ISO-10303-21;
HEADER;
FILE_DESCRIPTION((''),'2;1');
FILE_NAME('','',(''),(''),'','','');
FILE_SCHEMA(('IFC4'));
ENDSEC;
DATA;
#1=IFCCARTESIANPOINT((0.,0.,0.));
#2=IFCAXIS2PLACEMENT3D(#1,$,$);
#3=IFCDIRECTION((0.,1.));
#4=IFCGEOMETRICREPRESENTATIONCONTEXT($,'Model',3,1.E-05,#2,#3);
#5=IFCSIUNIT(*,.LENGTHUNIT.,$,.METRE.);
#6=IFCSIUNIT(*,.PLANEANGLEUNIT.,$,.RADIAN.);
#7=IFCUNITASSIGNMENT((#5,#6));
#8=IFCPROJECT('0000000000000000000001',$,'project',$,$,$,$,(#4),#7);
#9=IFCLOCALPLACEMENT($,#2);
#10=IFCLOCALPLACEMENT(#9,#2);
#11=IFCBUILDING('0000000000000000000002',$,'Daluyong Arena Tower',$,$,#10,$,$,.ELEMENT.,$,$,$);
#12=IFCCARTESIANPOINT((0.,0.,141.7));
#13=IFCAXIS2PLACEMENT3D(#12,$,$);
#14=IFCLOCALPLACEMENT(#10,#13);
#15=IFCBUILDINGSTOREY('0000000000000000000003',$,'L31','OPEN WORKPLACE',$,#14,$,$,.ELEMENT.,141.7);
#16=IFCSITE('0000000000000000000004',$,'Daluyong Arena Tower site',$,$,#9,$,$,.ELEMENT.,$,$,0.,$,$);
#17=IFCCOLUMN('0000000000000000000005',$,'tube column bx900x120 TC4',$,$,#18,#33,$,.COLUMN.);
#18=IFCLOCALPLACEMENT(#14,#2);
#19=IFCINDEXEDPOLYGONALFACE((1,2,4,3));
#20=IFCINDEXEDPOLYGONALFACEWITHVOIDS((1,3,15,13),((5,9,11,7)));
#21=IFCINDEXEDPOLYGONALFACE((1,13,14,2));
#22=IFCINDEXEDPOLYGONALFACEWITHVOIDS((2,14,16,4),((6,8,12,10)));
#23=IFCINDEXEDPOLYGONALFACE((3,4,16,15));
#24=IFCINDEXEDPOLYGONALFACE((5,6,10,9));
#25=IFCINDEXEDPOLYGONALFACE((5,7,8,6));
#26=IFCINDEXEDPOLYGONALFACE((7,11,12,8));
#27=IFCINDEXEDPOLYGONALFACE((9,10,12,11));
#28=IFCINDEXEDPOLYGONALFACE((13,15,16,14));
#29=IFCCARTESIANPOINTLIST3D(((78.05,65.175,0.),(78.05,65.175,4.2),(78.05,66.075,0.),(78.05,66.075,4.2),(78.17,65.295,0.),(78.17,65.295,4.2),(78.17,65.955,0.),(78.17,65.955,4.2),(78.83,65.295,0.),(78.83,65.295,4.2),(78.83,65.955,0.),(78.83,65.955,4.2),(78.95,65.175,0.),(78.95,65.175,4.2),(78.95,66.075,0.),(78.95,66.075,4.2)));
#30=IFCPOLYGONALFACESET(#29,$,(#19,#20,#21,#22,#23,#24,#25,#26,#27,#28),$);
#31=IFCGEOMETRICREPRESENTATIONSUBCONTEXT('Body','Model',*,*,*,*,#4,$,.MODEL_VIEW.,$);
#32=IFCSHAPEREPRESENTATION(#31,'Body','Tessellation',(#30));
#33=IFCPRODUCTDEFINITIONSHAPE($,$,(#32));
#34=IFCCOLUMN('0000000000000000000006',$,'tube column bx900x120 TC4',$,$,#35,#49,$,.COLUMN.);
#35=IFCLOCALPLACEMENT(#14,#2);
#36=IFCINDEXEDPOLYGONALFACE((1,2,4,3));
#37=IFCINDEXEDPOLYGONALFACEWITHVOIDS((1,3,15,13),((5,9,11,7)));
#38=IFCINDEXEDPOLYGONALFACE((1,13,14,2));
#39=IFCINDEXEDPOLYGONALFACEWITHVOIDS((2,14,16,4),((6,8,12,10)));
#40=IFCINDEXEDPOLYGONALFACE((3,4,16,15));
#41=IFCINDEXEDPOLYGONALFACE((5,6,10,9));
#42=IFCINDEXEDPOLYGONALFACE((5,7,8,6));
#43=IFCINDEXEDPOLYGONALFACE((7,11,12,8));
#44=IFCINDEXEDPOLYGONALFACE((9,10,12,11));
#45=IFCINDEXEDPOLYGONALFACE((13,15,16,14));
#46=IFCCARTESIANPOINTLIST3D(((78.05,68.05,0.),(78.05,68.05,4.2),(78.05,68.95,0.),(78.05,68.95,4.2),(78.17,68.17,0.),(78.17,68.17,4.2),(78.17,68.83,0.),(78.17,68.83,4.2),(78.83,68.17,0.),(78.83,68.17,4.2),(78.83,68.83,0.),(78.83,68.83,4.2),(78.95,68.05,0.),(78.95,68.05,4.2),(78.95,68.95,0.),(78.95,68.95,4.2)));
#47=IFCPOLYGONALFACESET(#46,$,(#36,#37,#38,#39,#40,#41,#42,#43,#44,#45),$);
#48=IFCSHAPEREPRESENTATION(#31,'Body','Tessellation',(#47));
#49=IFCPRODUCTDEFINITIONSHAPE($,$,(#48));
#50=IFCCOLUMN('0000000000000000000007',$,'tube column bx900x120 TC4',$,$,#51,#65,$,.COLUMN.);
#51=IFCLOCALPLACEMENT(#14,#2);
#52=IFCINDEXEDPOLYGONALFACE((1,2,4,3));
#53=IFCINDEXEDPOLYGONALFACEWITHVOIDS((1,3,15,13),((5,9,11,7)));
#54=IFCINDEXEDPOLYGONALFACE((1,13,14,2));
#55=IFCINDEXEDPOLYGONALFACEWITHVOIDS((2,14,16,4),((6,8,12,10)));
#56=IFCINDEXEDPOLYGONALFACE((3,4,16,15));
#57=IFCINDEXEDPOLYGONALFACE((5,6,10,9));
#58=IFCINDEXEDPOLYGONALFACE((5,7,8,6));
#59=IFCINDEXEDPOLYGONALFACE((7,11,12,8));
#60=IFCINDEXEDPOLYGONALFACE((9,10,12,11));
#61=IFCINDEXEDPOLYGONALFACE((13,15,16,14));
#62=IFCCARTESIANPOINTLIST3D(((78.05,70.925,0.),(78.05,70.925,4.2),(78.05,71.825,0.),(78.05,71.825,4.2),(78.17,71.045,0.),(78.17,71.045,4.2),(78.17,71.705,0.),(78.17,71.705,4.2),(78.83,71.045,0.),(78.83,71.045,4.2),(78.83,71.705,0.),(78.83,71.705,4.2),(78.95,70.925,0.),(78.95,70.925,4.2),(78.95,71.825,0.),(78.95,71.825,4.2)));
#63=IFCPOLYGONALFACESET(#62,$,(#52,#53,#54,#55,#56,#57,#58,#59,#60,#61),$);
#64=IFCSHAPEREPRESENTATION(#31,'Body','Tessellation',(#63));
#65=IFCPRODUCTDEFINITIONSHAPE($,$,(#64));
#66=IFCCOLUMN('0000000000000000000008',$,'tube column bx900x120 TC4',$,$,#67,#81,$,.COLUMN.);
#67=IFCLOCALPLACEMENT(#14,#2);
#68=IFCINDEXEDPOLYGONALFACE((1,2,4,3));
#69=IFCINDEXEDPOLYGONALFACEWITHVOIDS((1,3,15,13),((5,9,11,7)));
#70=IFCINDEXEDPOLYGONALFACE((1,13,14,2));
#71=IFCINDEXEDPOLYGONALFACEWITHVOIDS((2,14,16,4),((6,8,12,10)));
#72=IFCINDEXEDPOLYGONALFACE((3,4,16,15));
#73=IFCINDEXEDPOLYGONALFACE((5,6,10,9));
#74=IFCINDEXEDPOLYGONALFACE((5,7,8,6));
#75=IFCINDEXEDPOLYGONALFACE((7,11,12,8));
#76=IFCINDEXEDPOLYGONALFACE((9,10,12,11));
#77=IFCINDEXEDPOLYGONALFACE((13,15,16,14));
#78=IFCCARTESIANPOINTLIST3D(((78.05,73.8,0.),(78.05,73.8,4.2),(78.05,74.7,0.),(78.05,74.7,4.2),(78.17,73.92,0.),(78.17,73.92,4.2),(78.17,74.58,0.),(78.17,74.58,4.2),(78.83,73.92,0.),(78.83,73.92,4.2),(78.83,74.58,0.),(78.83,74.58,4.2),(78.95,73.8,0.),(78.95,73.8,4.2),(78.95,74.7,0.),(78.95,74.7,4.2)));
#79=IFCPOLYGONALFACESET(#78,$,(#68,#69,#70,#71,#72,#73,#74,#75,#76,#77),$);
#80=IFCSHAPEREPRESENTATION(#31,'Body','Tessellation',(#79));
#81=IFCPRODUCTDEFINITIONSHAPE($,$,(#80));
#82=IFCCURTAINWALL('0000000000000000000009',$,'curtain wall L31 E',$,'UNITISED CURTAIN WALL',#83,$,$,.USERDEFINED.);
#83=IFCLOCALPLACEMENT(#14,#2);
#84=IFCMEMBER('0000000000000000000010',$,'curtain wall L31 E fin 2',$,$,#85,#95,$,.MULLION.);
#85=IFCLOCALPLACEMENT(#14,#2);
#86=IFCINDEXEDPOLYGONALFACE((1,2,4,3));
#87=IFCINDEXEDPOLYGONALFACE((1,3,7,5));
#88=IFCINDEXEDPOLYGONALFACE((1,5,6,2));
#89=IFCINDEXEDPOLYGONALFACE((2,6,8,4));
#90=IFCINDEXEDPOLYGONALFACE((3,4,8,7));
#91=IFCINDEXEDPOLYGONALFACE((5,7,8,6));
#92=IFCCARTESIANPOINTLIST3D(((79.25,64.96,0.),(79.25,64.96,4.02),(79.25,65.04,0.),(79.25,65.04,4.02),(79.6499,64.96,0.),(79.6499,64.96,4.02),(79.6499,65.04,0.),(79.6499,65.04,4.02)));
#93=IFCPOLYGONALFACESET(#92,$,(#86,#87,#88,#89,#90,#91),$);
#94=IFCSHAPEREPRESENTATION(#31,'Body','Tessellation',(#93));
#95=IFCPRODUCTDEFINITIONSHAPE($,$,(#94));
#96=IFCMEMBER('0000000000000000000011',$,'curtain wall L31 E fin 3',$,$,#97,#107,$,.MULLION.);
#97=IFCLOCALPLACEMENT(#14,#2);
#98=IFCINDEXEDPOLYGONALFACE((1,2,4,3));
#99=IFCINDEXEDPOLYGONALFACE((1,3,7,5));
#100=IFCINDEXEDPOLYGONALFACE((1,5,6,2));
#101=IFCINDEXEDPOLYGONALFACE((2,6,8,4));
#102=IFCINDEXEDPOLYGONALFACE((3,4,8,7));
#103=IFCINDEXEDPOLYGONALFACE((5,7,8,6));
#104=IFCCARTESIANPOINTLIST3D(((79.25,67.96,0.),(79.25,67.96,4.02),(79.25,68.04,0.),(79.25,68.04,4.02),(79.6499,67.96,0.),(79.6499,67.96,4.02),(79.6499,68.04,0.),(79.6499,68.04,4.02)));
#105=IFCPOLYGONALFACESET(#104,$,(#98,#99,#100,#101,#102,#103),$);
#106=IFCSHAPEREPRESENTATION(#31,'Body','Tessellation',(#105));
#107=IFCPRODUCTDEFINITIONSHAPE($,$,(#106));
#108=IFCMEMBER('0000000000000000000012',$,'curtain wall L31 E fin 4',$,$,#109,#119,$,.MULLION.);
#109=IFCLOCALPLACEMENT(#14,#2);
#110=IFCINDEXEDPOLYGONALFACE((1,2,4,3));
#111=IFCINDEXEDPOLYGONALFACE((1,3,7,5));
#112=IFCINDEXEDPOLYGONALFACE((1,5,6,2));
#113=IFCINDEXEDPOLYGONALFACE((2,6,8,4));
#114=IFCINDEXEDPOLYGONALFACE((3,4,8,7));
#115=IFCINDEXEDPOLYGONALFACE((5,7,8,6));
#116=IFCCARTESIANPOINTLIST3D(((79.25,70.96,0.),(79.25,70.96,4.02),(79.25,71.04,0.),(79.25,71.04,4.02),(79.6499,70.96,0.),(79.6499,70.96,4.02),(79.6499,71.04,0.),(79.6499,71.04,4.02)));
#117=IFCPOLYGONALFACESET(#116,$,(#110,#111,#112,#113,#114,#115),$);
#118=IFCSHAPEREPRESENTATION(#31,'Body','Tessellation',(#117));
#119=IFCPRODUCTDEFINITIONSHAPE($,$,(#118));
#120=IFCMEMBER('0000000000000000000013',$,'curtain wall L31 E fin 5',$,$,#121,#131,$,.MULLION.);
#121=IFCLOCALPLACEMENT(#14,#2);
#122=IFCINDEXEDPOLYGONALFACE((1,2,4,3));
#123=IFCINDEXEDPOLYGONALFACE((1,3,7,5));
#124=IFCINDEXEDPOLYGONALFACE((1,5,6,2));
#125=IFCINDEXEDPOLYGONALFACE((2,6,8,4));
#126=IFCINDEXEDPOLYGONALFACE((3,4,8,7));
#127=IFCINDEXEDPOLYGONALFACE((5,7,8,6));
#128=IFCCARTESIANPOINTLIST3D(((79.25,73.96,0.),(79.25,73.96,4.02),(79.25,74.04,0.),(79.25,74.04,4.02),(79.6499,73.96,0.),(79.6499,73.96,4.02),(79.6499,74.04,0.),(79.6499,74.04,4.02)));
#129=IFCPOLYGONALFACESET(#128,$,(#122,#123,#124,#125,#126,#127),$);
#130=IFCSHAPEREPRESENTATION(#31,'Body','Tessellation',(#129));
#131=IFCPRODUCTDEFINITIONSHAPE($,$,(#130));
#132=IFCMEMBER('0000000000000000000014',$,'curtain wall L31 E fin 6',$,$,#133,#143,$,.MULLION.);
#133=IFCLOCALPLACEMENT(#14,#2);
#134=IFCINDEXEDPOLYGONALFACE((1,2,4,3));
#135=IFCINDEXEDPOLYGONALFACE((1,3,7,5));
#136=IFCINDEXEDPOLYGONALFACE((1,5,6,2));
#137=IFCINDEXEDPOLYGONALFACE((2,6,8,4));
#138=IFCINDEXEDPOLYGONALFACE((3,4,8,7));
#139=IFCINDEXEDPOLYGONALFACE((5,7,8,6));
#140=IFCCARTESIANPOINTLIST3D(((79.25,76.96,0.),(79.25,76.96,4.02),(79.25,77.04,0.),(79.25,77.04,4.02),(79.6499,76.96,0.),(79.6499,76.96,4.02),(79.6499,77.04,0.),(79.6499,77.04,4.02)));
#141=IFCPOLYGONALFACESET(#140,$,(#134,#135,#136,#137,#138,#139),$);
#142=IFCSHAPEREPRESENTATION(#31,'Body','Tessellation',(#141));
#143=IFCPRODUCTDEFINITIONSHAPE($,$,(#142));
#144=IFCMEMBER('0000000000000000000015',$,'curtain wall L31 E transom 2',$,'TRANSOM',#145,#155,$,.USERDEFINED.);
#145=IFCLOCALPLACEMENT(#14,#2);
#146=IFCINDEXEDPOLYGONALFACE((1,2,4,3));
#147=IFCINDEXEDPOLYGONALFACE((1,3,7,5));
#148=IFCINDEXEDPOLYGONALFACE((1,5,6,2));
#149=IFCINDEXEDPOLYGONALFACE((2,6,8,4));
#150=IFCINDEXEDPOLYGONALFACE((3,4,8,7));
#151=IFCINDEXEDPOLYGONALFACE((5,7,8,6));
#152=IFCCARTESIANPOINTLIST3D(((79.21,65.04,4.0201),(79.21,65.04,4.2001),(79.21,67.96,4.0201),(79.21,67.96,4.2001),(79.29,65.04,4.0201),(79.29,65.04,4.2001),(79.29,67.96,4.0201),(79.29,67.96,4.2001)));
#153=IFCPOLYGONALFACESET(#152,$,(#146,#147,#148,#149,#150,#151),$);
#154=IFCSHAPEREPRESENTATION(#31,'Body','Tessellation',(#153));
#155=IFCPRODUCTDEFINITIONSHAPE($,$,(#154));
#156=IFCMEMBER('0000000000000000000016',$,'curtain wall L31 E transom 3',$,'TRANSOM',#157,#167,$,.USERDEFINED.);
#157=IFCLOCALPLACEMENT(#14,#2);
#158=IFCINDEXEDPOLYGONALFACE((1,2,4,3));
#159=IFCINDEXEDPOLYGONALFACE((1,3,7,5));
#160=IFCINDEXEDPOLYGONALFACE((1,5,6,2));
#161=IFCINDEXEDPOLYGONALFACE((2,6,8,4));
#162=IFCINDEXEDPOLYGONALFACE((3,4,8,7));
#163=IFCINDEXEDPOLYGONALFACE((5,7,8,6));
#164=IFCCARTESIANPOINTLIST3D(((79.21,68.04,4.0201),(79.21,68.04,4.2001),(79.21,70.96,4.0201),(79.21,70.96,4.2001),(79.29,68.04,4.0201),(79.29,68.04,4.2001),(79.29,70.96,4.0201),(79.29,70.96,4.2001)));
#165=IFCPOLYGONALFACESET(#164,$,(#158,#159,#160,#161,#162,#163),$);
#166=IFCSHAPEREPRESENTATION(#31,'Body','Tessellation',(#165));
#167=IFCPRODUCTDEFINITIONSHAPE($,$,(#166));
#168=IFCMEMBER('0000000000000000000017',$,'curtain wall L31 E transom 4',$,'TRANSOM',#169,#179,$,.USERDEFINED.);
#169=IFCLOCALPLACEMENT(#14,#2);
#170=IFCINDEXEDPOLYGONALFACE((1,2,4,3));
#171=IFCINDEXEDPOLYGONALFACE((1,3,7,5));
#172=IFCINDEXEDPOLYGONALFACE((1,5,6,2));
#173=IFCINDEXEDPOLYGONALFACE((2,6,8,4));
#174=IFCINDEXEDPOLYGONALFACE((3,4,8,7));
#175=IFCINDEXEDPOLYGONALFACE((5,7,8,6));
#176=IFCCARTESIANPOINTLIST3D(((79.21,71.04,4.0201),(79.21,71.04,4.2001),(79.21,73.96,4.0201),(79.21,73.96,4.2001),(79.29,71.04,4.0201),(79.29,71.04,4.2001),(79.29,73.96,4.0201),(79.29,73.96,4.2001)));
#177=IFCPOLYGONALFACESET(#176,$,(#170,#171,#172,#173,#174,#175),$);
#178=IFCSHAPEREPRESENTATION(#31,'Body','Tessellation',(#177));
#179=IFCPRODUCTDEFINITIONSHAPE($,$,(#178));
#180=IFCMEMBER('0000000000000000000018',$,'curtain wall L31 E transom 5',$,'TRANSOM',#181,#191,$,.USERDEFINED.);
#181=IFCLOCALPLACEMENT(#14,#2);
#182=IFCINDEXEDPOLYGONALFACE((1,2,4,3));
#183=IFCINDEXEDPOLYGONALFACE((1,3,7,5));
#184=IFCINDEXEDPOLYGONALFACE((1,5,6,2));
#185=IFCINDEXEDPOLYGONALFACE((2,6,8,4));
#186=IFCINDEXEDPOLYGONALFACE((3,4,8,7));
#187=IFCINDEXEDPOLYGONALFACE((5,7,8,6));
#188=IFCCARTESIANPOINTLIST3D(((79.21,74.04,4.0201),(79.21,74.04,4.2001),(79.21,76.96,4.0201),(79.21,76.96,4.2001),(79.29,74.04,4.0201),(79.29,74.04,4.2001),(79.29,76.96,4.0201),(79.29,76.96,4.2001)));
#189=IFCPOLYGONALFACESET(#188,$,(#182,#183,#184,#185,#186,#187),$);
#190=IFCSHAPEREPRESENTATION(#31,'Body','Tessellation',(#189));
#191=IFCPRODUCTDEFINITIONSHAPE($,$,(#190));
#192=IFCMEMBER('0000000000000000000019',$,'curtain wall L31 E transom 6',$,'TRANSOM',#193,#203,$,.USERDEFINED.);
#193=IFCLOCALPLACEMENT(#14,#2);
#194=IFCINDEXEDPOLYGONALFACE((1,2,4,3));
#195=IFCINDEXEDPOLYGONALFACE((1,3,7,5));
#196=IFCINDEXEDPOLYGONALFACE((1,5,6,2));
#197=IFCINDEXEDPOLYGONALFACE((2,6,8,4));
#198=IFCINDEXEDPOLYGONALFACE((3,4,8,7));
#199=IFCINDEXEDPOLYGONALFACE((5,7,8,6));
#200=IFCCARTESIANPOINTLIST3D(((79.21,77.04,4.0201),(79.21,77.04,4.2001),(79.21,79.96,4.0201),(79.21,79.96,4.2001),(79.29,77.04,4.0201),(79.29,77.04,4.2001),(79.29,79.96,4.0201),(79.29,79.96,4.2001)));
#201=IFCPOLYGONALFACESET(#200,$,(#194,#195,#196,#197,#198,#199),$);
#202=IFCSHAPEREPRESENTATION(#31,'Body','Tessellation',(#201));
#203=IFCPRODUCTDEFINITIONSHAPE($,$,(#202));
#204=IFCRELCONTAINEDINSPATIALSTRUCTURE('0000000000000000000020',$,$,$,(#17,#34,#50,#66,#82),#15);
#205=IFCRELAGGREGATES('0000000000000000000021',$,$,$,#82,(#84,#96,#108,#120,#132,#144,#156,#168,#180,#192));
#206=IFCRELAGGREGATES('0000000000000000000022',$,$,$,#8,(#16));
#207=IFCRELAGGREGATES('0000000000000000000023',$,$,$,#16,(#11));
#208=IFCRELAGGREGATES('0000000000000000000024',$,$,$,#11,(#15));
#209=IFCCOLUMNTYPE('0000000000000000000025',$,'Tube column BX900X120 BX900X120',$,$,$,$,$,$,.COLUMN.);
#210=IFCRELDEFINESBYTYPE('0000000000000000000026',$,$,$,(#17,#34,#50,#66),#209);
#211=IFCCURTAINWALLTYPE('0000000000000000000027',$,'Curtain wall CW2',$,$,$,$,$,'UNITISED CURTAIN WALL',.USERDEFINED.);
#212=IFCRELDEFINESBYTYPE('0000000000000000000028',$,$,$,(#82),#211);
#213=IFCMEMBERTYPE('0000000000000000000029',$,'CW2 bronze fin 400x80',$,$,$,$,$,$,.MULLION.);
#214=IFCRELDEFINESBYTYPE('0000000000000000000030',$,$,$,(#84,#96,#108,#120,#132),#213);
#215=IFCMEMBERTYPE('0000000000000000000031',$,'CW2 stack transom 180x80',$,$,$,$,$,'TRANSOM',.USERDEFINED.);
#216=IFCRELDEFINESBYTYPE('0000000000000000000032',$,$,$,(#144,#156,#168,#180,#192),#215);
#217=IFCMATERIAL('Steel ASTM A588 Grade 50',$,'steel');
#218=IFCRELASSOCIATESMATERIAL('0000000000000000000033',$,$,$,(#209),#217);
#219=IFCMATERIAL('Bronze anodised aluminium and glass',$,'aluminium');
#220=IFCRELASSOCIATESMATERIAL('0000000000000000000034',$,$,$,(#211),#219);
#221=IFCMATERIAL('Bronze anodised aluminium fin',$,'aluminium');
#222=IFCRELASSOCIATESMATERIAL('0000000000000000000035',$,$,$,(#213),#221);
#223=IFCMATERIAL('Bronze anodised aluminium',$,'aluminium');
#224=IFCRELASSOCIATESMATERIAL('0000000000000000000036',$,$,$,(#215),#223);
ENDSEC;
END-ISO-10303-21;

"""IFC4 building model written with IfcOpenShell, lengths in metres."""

from ifc_helpers import new_model, si_unit, direction, frame, origin, origin_2d, place, context, subcontext, project, spatial, rectangle, hollow_rectangle, extrude, material, material_profile, profile_set, type_object, element, aggregate, save


model = new_model("IFC4")

# Units and contexts
model_context = context("Model", 3, precision=1e-05, world=origin(), true_north=direction((0.0, 1.0)))
body_context = subcontext(model_context, "Body", "Model", "MODEL_VIEW")
ifc_project = project(units=[si_unit("LENGTHUNIT", "METRE"), si_unit("PLANEANGLEUNIT", "RADIAN")], contexts=[model_context])

# Site, building, storey
site_placement = place(None, origin())
site = spatial("IfcSite", under=ifc_project, at=site_placement, Name="Daluyong Arena Tower site", CompositionType="ELEMENT", RefElevation=0.0)
building_placement = place(site_placement, origin())
building = spatial("IfcBuilding", under=site, at=building_placement, Name="Daluyong Arena Tower", CompositionType="ELEMENT")
storey_placement = place(building_placement, frame((0.0, 0.0, 141.7)))
storey = spatial("IfcBuildingStorey", under=building, at=storey_placement, Name="L31", Description="OPEN WORKPLACE", CompositionType="ELEMENT", Elevation=141.7)

# Columns
ifc_material_1 = material(Name="Steel ASTM A588 Grade 50", Category="steel")
ifc_material_profile_1 = material_profile(ifc_material_1, hollow_rectangle(XDim=0.8999, YDim=0.8999, WallThickness=0.12, at=origin_2d()))
ifc_profile_set_1 = profile_set([ifc_material_profile_1], Name="Steel ASTM A588 Grade 50")
column_type = type_object("IfcColumnType", Name="Tube column BX900X120 BX900X120", PredefinedType="COLUMN", material=ifc_profile_set_1)
for number, where, z_axis, x_axis, name in (
    (1, (78.5, 65.625, 0.0), (0.0, 0.0, 1.0), (0.0, 1.0, 0.0), "tube column bx900x120 TC4"),
    (2, (78.5, 68.5, 0.0), (0.0, 0.0, 1.0), (0.0, 1.0, 0.0), "tube column bx900x120 TC4"),
    (3, (78.5, 71.375, 0.0), (0.0, 0.0, 1.0), (0.0, 1.0, 0.0), "tube column bx900x120 TC4"),
    (4, (78.5, 74.25, 0.0), (0.0, 0.0, 1.0), (0.0, 1.0, 0.0), "tube column bx900x120 TC4"),
):
    element("IfcColumn", number, at=place(storey_placement, frame(where, z_axis=z_axis, x_axis=x_axis)), inside=storey, type_object=column_type, Name=name, PredefinedType="COLUMN", context=body_context, shape_type="SweptSolid", body=[
        extrude(hollow_rectangle(XDim=0.8999, YDim=0.8999, WallThickness=0.12, at=origin_2d()), origin(), (0.0, 0.0, 1.0), 4.2),
    ])

# Curtain wall, members
ifc_material_2 = material(Name="Bronze anodised aluminium and glass", Category="aluminium")
curtain_wall_type = type_object("IfcCurtainWallType", Name="Curtain wall CW2", ElementType="UNITISED CURTAIN WALL", PredefinedType="USERDEFINED", material=ifc_material_2)
curtain_wall_placement = place(storey_placement, origin())
curtain_wall = element("IfcCurtainWall", 5, at=curtain_wall_placement, inside=storey, type_object=curtain_wall_type, Name="curtain wall L31 E", ObjectType="UNITISED CURTAIN WALL", PredefinedType="USERDEFINED")
ifc_material_3 = material(Name="Bronze anodised aluminium fin", Category="aluminium")
ifc_material_profile_2 = material_profile(ifc_material_3, rectangle(XDim=0.3999, YDim=0.0801, at=origin_2d()))
ifc_profile_set_2 = profile_set([ifc_material_profile_2], Name="Bronze anodised aluminium fin")
member_type_1 = type_object("IfcMemberType", Name="CW2 bronze fin 400x80", PredefinedType="MULLION", material=ifc_profile_set_2)
member_1_placement = place(storey_placement, frame((79.45, 65.0, 0.0), z_axis=(0.0, 0.0, 1.0), x_axis=(-1.0, 0.0, 0.0)))
member_1 = element("IfcMember", 6, at=member_1_placement, type_object=member_type_1, Name="curtain wall L31 E fin 2", PredefinedType="MULLION", context=body_context, shape_type="SweptSolid", body=[
    extrude(rectangle(XDim=0.3999, YDim=0.0801, at=origin_2d()), origin(), (0.0, 0.0, 1.0), 4.02),
])
member_2_placement = place(storey_placement, frame((79.45, 68.0, 0.0), z_axis=(0.0, 0.0, 1.0), x_axis=(-1.0, 0.0, 0.0)))
member_2 = element("IfcMember", 7, at=member_2_placement, type_object=member_type_1, Name="curtain wall L31 E fin 3", PredefinedType="MULLION", context=body_context, shape_type="SweptSolid", body=[
    extrude(rectangle(XDim=0.3999, YDim=0.0801, at=origin_2d()), origin(), (0.0, 0.0, 1.0), 4.02),
])
member_3_placement = place(storey_placement, frame((79.45, 71.0, 0.0), z_axis=(0.0, 0.0, 1.0), x_axis=(-1.0, 0.0, 0.0)))
member_3 = element("IfcMember", 8, at=member_3_placement, type_object=member_type_1, Name="curtain wall L31 E fin 4", PredefinedType="MULLION", context=body_context, shape_type="SweptSolid", body=[
    extrude(rectangle(XDim=0.3999, YDim=0.0801, at=origin_2d()), origin(), (0.0, 0.0, 1.0), 4.02),
])
member_4_placement = place(storey_placement, frame((79.45, 74.0, 0.0), z_axis=(0.0, 0.0, 1.0), x_axis=(-1.0, 0.0, 0.0)))
member_4 = element("IfcMember", 9, at=member_4_placement, type_object=member_type_1, Name="curtain wall L31 E fin 5", PredefinedType="MULLION", context=body_context, shape_type="SweptSolid", body=[
    extrude(rectangle(XDim=0.3999, YDim=0.0801, at=origin_2d()), origin(), (0.0, 0.0, 1.0), 4.02),
])
member_5_placement = place(storey_placement, frame((79.45, 77.0, 0.0), z_axis=(0.0, 0.0, 1.0), x_axis=(-1.0, 0.0, 0.0)))
member_5 = element("IfcMember", 10, at=member_5_placement, type_object=member_type_1, Name="curtain wall L31 E fin 6", PredefinedType="MULLION", context=body_context, shape_type="SweptSolid", body=[
    extrude(rectangle(XDim=0.3999, YDim=0.0801, at=origin_2d()), origin(), (0.0, 0.0, 1.0), 4.02),
])
ifc_material_4 = material(Name="Bronze anodised aluminium", Category="aluminium")
ifc_material_profile_3 = material_profile(ifc_material_4, rectangle(XDim=0.0801, YDim=0.1799, at=origin_2d()))
ifc_profile_set_3 = profile_set([ifc_material_profile_3], Name="Bronze anodised aluminium")
member_type_2 = type_object("IfcMemberType", Name="CW2 stack transom 180x80", ElementType="TRANSOM", PredefinedType="USERDEFINED", material=ifc_profile_set_3)
member_6_placement = place(storey_placement, frame((79.25, 65.04, 4.1101), z_axis=(0.0, 1.0, 0.0), x_axis=(-1.0, 0.0, 0.0)))
member_6 = element("IfcMember", 11, at=member_6_placement, type_object=member_type_2, Name="curtain wall L31 E transom 2", ObjectType="TRANSOM", PredefinedType="USERDEFINED", context=body_context, shape_type="SweptSolid", body=[
    extrude(rectangle(XDim=0.0801, YDim=0.1799, at=origin_2d()), origin(), (0.0, 0.0, 1.0), 2.9199),
])
member_7_placement = place(storey_placement, frame((79.25, 68.04, 4.1101), z_axis=(0.0, 1.0, 0.0), x_axis=(-1.0, 0.0, 0.0)))
member_7 = element("IfcMember", 12, at=member_7_placement, type_object=member_type_2, Name="curtain wall L31 E transom 3", ObjectType="TRANSOM", PredefinedType="USERDEFINED", context=body_context, shape_type="SweptSolid", body=[
    extrude(rectangle(XDim=0.0801, YDim=0.1799, at=origin_2d()), origin(), (0.0, 0.0, 1.0), 2.9199),
])
member_8_placement = place(storey_placement, frame((79.25, 71.04, 4.1101), z_axis=(0.0, 1.0, 0.0), x_axis=(-1.0, 0.0, 0.0)))
member_8 = element("IfcMember", 13, at=member_8_placement, type_object=member_type_2, Name="curtain wall L31 E transom 4", ObjectType="TRANSOM", PredefinedType="USERDEFINED", context=body_context, shape_type="SweptSolid", body=[
    extrude(rectangle(XDim=0.0801, YDim=0.1799, at=origin_2d()), origin(), (0.0, 0.0, 1.0), 2.9199),
])
member_9_placement = place(storey_placement, frame((79.25, 74.04, 4.1101), z_axis=(0.0, 1.0, 0.0), x_axis=(-1.0, 0.0, 0.0)))
member_9 = element("IfcMember", 14, at=member_9_placement, type_object=member_type_2, Name="curtain wall L31 E transom 5", ObjectType="TRANSOM", PredefinedType="USERDEFINED", context=body_context, shape_type="SweptSolid", body=[
    extrude(rectangle(XDim=0.0801, YDim=0.1799, at=origin_2d()), origin(), (0.0, 0.0, 1.0), 2.9199),
])
member_10_placement = place(storey_placement, frame((79.25, 77.04, 4.1101), z_axis=(0.0, 1.0, 0.0), x_axis=(-1.0, 0.0, 0.0)))
member_10 = element("IfcMember", 15, at=member_10_placement, type_object=member_type_2, Name="curtain wall L31 E transom 6", ObjectType="TRANSOM", PredefinedType="USERDEFINED", context=body_context, shape_type="SweptSolid", body=[
    extrude(rectangle(XDim=0.0801, YDim=0.1799, at=origin_2d()), origin(), (0.0, 0.0, 1.0), 2.9199),
])

aggregate(curtain_wall, [member_1, member_2, member_3, member_4, member_5, member_6, member_7, member_8, member_9, member_10])

save(model, "model.ifc")
